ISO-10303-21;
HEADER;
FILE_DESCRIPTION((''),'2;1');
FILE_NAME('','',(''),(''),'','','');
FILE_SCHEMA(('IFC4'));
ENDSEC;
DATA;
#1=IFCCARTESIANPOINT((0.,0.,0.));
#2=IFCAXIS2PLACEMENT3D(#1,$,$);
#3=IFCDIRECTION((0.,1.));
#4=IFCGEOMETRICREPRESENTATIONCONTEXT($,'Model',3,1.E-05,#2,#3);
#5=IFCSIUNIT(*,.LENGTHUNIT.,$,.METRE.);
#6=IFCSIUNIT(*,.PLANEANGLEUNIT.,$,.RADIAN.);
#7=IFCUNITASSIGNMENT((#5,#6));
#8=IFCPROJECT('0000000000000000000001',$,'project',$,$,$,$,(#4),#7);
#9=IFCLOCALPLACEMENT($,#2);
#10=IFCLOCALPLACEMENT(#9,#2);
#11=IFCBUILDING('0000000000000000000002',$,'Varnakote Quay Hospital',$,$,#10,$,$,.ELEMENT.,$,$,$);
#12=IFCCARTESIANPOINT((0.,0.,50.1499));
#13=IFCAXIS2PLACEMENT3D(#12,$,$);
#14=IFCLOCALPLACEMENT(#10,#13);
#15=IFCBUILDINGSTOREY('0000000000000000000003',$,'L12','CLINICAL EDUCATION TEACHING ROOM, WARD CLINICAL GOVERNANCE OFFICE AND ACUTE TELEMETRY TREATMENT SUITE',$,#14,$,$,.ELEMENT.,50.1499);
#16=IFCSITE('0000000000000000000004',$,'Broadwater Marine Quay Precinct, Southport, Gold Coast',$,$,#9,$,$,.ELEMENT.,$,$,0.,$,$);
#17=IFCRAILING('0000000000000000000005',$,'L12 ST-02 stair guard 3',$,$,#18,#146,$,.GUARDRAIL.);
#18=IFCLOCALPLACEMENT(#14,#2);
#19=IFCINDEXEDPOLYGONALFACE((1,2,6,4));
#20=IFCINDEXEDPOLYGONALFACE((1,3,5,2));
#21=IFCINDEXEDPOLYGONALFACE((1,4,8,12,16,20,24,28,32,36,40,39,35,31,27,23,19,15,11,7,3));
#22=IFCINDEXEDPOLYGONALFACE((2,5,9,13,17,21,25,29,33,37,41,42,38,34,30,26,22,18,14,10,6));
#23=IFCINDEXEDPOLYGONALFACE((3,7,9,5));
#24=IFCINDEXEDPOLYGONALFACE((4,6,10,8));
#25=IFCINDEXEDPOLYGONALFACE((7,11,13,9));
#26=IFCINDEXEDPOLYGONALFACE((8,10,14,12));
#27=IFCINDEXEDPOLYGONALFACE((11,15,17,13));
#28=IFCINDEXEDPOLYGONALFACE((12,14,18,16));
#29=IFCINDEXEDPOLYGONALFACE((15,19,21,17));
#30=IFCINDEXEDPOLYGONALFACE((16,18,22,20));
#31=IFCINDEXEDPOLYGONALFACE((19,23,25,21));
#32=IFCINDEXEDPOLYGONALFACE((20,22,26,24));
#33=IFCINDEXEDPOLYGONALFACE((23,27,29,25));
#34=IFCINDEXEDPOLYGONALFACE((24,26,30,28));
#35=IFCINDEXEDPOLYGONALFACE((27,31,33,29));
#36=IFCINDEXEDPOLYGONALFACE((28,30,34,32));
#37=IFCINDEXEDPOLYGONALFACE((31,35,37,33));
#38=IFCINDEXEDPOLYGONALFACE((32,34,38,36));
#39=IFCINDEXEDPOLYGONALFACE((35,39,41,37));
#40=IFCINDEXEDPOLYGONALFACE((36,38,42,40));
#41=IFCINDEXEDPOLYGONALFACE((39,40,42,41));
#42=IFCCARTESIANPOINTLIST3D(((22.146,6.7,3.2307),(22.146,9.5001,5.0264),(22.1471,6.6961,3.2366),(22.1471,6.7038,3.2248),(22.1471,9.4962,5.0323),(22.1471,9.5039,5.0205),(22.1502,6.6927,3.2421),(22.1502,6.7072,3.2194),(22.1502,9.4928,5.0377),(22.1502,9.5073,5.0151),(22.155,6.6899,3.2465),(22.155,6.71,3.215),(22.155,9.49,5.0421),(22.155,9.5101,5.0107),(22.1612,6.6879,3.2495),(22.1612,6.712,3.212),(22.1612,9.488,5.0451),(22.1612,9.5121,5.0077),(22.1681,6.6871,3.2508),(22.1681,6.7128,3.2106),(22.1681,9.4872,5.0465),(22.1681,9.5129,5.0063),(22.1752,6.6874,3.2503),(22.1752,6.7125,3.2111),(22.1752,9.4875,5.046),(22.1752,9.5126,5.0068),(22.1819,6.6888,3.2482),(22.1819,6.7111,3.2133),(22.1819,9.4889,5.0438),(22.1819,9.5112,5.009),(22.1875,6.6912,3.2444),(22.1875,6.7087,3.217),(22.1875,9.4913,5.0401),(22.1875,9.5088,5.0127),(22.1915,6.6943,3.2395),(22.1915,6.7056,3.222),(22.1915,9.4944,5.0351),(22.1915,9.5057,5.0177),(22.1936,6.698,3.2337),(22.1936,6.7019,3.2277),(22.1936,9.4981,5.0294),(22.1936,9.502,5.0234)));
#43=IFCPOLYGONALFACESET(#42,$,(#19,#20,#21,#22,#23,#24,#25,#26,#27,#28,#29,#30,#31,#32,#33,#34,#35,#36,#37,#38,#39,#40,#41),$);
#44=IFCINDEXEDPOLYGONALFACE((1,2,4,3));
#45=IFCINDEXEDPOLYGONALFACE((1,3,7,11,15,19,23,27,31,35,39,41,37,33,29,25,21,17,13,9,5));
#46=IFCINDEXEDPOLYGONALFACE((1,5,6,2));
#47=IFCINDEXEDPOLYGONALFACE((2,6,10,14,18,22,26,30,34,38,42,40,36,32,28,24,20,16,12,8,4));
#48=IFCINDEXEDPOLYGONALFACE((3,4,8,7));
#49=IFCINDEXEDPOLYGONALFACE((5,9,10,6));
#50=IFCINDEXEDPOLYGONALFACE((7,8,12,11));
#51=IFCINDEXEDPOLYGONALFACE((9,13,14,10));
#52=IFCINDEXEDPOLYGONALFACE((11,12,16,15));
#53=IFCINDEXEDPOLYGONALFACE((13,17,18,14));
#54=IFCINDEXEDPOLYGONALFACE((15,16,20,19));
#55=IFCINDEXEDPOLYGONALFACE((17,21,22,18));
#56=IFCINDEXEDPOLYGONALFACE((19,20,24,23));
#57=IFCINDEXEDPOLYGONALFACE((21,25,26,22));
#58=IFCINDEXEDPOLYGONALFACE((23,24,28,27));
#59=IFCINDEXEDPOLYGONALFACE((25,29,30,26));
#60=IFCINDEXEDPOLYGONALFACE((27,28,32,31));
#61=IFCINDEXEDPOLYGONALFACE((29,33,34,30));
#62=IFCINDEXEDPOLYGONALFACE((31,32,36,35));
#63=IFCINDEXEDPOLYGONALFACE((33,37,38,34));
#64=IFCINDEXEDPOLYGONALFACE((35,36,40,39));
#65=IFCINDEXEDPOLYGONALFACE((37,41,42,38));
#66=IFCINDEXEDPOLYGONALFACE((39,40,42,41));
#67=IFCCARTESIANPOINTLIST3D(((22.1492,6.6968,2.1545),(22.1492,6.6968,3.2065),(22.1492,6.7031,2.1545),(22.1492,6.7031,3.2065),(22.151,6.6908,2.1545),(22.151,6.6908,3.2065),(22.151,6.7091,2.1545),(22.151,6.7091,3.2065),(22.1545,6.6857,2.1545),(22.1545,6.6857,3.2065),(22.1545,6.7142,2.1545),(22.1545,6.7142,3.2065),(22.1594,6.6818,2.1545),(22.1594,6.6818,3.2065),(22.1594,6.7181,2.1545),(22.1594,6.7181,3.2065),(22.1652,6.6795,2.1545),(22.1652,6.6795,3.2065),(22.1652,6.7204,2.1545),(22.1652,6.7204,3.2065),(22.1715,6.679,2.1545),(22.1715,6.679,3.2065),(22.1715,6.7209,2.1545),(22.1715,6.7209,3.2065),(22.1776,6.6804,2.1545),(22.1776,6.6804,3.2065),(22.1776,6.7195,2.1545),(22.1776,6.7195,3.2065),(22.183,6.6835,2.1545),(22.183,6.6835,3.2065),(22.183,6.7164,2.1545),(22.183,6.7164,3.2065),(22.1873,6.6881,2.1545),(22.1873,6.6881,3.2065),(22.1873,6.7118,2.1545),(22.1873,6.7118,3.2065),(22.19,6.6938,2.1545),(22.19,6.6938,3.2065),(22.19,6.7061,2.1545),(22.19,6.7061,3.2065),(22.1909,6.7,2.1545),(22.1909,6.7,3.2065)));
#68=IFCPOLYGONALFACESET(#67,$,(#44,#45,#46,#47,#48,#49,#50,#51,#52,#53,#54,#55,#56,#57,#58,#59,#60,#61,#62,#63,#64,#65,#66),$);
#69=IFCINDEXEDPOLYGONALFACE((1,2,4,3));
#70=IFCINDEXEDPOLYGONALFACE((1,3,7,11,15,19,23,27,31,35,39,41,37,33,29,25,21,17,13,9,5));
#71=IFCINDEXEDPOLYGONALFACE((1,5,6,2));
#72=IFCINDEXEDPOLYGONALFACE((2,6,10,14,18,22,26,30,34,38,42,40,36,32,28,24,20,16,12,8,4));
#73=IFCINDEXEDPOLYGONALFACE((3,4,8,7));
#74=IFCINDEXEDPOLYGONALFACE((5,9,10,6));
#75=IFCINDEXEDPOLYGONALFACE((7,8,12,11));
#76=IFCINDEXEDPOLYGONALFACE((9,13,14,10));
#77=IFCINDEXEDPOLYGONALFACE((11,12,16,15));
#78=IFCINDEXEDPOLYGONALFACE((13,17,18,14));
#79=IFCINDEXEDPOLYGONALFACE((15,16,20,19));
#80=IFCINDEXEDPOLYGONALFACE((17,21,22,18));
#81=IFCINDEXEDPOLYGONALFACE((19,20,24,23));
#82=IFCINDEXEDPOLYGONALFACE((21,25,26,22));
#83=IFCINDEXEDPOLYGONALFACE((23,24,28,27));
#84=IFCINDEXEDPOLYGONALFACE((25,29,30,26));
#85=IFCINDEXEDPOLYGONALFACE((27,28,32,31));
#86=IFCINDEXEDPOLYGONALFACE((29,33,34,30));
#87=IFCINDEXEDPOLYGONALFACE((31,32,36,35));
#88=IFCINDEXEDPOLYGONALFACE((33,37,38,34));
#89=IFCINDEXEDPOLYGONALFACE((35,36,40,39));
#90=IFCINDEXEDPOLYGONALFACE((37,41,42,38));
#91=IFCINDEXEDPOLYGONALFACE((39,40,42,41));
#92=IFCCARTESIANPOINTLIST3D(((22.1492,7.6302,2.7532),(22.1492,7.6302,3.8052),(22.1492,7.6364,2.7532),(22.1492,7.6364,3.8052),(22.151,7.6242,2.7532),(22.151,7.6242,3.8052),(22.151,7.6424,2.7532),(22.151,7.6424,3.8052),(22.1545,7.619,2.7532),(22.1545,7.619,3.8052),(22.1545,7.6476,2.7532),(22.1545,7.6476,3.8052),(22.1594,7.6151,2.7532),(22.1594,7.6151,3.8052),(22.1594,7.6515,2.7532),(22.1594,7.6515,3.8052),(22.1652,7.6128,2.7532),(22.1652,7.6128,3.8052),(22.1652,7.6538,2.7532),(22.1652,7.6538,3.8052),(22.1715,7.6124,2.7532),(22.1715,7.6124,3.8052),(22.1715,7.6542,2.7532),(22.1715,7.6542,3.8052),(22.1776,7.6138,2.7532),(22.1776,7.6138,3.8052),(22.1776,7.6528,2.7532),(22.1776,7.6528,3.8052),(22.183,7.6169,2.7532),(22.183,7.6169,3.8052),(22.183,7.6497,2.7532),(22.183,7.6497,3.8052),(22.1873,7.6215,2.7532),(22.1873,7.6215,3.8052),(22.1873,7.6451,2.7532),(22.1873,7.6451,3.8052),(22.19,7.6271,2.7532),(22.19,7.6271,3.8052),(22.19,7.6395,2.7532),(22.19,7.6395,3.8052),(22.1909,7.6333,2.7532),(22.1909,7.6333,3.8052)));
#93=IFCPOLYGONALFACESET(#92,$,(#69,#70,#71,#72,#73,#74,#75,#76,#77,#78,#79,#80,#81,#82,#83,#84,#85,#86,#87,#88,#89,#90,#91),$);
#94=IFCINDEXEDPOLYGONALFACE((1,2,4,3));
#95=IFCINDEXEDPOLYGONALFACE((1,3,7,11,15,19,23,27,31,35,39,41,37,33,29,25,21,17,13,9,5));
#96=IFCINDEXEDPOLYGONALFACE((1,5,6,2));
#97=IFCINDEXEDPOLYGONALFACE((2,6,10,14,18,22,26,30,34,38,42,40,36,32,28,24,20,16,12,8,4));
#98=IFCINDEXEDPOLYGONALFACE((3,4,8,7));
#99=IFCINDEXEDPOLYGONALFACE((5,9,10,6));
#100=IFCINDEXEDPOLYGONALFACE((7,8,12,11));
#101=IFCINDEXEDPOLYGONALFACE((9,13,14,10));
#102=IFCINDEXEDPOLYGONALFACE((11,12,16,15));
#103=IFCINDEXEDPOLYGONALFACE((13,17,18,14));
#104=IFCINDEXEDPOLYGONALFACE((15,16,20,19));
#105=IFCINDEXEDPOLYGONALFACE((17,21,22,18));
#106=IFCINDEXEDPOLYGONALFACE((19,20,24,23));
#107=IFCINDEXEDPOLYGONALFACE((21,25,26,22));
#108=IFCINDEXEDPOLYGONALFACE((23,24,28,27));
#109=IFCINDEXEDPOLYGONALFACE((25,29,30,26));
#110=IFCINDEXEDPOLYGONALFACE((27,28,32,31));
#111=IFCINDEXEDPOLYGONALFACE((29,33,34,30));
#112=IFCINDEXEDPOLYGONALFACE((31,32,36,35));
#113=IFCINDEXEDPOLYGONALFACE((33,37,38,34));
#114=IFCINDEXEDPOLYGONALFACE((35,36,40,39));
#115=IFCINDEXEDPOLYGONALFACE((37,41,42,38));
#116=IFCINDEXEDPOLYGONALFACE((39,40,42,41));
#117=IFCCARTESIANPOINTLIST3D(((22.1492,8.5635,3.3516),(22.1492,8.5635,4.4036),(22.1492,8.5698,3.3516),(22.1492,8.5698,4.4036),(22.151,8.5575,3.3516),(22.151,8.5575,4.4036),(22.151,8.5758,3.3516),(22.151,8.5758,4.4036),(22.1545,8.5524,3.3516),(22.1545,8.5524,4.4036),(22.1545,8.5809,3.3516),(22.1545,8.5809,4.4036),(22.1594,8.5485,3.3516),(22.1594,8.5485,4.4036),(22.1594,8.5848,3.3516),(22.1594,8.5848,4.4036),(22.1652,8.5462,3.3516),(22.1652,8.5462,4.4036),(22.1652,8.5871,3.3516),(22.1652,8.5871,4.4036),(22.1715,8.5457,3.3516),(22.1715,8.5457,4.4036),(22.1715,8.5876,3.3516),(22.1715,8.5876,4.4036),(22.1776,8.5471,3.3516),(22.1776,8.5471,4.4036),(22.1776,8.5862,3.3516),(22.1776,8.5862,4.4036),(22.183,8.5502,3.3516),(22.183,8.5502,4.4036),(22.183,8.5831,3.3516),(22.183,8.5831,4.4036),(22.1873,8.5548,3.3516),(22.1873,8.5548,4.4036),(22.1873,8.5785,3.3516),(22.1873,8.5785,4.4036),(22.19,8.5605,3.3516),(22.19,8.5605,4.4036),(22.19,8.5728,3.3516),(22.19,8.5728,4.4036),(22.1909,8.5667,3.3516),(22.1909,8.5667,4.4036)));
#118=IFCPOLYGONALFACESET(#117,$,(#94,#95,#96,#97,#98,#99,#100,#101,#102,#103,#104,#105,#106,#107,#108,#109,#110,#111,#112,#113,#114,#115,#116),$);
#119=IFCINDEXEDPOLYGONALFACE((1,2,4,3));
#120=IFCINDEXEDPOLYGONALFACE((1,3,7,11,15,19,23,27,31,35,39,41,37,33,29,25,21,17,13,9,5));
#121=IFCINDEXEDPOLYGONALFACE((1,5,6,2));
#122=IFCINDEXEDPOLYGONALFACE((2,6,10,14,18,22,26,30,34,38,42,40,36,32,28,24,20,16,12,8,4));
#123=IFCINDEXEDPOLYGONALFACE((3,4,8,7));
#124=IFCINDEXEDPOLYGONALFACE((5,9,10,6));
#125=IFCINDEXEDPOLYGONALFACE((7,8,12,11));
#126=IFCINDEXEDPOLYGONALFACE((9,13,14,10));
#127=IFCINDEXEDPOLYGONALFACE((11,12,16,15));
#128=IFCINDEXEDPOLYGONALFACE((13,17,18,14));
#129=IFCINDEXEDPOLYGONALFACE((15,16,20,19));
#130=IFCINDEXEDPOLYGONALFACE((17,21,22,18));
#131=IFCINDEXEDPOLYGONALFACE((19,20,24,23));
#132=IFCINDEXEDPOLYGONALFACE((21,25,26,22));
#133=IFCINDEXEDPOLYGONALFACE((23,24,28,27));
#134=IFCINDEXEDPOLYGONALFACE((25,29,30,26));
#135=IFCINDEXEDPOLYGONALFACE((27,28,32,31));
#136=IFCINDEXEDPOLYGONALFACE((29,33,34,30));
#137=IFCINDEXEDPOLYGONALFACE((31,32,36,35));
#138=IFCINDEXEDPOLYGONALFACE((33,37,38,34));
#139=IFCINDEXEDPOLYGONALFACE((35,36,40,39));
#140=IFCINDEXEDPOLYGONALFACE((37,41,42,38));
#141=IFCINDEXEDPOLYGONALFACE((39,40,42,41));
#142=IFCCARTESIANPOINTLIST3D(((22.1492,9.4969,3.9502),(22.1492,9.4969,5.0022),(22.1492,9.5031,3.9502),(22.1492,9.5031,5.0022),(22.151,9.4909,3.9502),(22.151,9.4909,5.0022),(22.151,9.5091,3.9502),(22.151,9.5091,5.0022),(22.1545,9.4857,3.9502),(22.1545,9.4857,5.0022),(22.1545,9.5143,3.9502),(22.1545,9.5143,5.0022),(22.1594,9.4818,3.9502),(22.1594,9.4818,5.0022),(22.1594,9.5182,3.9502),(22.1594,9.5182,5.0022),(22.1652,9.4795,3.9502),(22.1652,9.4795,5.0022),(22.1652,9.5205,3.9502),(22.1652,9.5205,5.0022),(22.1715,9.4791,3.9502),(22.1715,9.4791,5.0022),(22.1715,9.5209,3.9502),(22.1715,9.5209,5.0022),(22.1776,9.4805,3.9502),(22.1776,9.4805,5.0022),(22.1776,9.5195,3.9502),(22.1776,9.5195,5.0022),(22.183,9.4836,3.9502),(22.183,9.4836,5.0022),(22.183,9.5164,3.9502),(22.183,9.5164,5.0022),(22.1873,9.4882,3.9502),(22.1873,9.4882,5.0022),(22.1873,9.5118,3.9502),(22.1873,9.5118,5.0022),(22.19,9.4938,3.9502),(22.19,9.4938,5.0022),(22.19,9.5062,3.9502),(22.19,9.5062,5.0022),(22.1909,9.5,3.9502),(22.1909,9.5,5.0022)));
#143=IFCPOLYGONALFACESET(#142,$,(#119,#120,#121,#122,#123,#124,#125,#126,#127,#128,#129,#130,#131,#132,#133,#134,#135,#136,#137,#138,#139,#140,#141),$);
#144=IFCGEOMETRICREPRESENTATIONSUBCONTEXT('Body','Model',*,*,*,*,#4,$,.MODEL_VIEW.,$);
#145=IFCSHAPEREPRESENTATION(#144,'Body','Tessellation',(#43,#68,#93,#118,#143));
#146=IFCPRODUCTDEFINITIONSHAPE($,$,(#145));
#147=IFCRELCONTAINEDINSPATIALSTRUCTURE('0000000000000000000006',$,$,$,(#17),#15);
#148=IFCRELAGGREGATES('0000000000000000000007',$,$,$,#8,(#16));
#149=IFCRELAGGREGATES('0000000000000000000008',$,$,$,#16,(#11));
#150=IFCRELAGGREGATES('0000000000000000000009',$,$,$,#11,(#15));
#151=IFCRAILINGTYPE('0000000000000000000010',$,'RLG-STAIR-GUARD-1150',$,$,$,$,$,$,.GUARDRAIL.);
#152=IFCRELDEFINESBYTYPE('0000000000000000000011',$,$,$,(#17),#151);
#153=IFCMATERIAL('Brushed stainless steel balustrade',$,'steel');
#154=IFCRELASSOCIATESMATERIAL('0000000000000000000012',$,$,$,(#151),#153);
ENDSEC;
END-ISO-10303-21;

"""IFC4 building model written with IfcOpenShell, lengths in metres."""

from ifc_helpers import new_model, si_unit, direction, frame, origin, origin_2d, place, context, subcontext, project, spatial, circle, extrude, material, type_object, element, save


model = new_model("IFC4")

# Units and contexts
model_context = context("Model", 3, precision=1e-05, world=origin(), true_north=direction((0.0, 1.0)))
body_context = subcontext(model_context, "Body", "Model", "MODEL_VIEW")
ifc_project = project(units=[si_unit("LENGTHUNIT", "METRE"), si_unit("PLANEANGLEUNIT", "RADIAN")], contexts=[model_context])

# Site, building, storey
site_placement = place(None, origin())
site = spatial("IfcSite", under=ifc_project, at=site_placement, Name="Broadwater Marine Quay Precinct, Southport, Gold Coast", CompositionType="ELEMENT", RefElevation=0.0)
building_placement = place(site_placement, origin())
building = spatial("IfcBuilding", under=site, at=building_placement, Name="Varnakote Quay Hospital", CompositionType="ELEMENT")
storey_placement = place(building_placement, frame((0.0, 0.0, 50.1499)))
storey = spatial("IfcBuildingStorey", under=building, at=storey_placement, Name="L12", Description="CLINICAL EDUCATION TEACHING ROOM, WARD CLINICAL GOVERNANCE OFFICE AND ACUTE TELEMETRY TREATMENT SUITE", CompositionType="ELEMENT", Elevation=50.1499)

# Railing
ifc_material_1 = material(Name="Brushed stainless steel balustrade", Category="steel")
railing_type_1 = type_object("IfcRailingType", Name="RLG-STAIR-GUARD-1150", PredefinedType="GUARDRAIL", material=ifc_material_1)
railing_1_placement = place(storey_placement, frame((22.1699, 6.7, 2.1545)))
element("IfcRailing", 1, at=railing_1_placement, inside=storey, type_object=railing_type_1, Name="L12 ST-02 stair guard 3", PredefinedType="GUARDRAIL", context=body_context, shape_type="SweptSolid", body=[
    extrude(circle(Radius=0.0239, at=origin_2d()), frame((0.0, 0.0, 1.0762), z_axis=(0.0, 0.841777, 0.539826), x_axis=(-1.0, 0.0, 0.0)), (0.0, 0.0, 1.0), 3.3264),
    extrude(circle(Radius=0.021, at=origin_2d()), origin(), (0.0, 0.0, 1.0), 1.052),
    extrude(circle(Radius=0.021, at=origin_2d()), frame((0.0, 0.9333, 0.5986)), (0.0, 0.0, 1.0), 1.052),
    extrude(circle(Radius=0.021, at=origin_2d()), frame((0.0, 1.8667, 1.197)), (0.0, 0.0, 1.0), 1.052),
    extrude(circle(Radius=0.021, at=origin_2d()), frame((0.0, 2.8, 1.7957)), (0.0, 0.0, 1.0), 1.052),
])

save(model, "model.ifc")
